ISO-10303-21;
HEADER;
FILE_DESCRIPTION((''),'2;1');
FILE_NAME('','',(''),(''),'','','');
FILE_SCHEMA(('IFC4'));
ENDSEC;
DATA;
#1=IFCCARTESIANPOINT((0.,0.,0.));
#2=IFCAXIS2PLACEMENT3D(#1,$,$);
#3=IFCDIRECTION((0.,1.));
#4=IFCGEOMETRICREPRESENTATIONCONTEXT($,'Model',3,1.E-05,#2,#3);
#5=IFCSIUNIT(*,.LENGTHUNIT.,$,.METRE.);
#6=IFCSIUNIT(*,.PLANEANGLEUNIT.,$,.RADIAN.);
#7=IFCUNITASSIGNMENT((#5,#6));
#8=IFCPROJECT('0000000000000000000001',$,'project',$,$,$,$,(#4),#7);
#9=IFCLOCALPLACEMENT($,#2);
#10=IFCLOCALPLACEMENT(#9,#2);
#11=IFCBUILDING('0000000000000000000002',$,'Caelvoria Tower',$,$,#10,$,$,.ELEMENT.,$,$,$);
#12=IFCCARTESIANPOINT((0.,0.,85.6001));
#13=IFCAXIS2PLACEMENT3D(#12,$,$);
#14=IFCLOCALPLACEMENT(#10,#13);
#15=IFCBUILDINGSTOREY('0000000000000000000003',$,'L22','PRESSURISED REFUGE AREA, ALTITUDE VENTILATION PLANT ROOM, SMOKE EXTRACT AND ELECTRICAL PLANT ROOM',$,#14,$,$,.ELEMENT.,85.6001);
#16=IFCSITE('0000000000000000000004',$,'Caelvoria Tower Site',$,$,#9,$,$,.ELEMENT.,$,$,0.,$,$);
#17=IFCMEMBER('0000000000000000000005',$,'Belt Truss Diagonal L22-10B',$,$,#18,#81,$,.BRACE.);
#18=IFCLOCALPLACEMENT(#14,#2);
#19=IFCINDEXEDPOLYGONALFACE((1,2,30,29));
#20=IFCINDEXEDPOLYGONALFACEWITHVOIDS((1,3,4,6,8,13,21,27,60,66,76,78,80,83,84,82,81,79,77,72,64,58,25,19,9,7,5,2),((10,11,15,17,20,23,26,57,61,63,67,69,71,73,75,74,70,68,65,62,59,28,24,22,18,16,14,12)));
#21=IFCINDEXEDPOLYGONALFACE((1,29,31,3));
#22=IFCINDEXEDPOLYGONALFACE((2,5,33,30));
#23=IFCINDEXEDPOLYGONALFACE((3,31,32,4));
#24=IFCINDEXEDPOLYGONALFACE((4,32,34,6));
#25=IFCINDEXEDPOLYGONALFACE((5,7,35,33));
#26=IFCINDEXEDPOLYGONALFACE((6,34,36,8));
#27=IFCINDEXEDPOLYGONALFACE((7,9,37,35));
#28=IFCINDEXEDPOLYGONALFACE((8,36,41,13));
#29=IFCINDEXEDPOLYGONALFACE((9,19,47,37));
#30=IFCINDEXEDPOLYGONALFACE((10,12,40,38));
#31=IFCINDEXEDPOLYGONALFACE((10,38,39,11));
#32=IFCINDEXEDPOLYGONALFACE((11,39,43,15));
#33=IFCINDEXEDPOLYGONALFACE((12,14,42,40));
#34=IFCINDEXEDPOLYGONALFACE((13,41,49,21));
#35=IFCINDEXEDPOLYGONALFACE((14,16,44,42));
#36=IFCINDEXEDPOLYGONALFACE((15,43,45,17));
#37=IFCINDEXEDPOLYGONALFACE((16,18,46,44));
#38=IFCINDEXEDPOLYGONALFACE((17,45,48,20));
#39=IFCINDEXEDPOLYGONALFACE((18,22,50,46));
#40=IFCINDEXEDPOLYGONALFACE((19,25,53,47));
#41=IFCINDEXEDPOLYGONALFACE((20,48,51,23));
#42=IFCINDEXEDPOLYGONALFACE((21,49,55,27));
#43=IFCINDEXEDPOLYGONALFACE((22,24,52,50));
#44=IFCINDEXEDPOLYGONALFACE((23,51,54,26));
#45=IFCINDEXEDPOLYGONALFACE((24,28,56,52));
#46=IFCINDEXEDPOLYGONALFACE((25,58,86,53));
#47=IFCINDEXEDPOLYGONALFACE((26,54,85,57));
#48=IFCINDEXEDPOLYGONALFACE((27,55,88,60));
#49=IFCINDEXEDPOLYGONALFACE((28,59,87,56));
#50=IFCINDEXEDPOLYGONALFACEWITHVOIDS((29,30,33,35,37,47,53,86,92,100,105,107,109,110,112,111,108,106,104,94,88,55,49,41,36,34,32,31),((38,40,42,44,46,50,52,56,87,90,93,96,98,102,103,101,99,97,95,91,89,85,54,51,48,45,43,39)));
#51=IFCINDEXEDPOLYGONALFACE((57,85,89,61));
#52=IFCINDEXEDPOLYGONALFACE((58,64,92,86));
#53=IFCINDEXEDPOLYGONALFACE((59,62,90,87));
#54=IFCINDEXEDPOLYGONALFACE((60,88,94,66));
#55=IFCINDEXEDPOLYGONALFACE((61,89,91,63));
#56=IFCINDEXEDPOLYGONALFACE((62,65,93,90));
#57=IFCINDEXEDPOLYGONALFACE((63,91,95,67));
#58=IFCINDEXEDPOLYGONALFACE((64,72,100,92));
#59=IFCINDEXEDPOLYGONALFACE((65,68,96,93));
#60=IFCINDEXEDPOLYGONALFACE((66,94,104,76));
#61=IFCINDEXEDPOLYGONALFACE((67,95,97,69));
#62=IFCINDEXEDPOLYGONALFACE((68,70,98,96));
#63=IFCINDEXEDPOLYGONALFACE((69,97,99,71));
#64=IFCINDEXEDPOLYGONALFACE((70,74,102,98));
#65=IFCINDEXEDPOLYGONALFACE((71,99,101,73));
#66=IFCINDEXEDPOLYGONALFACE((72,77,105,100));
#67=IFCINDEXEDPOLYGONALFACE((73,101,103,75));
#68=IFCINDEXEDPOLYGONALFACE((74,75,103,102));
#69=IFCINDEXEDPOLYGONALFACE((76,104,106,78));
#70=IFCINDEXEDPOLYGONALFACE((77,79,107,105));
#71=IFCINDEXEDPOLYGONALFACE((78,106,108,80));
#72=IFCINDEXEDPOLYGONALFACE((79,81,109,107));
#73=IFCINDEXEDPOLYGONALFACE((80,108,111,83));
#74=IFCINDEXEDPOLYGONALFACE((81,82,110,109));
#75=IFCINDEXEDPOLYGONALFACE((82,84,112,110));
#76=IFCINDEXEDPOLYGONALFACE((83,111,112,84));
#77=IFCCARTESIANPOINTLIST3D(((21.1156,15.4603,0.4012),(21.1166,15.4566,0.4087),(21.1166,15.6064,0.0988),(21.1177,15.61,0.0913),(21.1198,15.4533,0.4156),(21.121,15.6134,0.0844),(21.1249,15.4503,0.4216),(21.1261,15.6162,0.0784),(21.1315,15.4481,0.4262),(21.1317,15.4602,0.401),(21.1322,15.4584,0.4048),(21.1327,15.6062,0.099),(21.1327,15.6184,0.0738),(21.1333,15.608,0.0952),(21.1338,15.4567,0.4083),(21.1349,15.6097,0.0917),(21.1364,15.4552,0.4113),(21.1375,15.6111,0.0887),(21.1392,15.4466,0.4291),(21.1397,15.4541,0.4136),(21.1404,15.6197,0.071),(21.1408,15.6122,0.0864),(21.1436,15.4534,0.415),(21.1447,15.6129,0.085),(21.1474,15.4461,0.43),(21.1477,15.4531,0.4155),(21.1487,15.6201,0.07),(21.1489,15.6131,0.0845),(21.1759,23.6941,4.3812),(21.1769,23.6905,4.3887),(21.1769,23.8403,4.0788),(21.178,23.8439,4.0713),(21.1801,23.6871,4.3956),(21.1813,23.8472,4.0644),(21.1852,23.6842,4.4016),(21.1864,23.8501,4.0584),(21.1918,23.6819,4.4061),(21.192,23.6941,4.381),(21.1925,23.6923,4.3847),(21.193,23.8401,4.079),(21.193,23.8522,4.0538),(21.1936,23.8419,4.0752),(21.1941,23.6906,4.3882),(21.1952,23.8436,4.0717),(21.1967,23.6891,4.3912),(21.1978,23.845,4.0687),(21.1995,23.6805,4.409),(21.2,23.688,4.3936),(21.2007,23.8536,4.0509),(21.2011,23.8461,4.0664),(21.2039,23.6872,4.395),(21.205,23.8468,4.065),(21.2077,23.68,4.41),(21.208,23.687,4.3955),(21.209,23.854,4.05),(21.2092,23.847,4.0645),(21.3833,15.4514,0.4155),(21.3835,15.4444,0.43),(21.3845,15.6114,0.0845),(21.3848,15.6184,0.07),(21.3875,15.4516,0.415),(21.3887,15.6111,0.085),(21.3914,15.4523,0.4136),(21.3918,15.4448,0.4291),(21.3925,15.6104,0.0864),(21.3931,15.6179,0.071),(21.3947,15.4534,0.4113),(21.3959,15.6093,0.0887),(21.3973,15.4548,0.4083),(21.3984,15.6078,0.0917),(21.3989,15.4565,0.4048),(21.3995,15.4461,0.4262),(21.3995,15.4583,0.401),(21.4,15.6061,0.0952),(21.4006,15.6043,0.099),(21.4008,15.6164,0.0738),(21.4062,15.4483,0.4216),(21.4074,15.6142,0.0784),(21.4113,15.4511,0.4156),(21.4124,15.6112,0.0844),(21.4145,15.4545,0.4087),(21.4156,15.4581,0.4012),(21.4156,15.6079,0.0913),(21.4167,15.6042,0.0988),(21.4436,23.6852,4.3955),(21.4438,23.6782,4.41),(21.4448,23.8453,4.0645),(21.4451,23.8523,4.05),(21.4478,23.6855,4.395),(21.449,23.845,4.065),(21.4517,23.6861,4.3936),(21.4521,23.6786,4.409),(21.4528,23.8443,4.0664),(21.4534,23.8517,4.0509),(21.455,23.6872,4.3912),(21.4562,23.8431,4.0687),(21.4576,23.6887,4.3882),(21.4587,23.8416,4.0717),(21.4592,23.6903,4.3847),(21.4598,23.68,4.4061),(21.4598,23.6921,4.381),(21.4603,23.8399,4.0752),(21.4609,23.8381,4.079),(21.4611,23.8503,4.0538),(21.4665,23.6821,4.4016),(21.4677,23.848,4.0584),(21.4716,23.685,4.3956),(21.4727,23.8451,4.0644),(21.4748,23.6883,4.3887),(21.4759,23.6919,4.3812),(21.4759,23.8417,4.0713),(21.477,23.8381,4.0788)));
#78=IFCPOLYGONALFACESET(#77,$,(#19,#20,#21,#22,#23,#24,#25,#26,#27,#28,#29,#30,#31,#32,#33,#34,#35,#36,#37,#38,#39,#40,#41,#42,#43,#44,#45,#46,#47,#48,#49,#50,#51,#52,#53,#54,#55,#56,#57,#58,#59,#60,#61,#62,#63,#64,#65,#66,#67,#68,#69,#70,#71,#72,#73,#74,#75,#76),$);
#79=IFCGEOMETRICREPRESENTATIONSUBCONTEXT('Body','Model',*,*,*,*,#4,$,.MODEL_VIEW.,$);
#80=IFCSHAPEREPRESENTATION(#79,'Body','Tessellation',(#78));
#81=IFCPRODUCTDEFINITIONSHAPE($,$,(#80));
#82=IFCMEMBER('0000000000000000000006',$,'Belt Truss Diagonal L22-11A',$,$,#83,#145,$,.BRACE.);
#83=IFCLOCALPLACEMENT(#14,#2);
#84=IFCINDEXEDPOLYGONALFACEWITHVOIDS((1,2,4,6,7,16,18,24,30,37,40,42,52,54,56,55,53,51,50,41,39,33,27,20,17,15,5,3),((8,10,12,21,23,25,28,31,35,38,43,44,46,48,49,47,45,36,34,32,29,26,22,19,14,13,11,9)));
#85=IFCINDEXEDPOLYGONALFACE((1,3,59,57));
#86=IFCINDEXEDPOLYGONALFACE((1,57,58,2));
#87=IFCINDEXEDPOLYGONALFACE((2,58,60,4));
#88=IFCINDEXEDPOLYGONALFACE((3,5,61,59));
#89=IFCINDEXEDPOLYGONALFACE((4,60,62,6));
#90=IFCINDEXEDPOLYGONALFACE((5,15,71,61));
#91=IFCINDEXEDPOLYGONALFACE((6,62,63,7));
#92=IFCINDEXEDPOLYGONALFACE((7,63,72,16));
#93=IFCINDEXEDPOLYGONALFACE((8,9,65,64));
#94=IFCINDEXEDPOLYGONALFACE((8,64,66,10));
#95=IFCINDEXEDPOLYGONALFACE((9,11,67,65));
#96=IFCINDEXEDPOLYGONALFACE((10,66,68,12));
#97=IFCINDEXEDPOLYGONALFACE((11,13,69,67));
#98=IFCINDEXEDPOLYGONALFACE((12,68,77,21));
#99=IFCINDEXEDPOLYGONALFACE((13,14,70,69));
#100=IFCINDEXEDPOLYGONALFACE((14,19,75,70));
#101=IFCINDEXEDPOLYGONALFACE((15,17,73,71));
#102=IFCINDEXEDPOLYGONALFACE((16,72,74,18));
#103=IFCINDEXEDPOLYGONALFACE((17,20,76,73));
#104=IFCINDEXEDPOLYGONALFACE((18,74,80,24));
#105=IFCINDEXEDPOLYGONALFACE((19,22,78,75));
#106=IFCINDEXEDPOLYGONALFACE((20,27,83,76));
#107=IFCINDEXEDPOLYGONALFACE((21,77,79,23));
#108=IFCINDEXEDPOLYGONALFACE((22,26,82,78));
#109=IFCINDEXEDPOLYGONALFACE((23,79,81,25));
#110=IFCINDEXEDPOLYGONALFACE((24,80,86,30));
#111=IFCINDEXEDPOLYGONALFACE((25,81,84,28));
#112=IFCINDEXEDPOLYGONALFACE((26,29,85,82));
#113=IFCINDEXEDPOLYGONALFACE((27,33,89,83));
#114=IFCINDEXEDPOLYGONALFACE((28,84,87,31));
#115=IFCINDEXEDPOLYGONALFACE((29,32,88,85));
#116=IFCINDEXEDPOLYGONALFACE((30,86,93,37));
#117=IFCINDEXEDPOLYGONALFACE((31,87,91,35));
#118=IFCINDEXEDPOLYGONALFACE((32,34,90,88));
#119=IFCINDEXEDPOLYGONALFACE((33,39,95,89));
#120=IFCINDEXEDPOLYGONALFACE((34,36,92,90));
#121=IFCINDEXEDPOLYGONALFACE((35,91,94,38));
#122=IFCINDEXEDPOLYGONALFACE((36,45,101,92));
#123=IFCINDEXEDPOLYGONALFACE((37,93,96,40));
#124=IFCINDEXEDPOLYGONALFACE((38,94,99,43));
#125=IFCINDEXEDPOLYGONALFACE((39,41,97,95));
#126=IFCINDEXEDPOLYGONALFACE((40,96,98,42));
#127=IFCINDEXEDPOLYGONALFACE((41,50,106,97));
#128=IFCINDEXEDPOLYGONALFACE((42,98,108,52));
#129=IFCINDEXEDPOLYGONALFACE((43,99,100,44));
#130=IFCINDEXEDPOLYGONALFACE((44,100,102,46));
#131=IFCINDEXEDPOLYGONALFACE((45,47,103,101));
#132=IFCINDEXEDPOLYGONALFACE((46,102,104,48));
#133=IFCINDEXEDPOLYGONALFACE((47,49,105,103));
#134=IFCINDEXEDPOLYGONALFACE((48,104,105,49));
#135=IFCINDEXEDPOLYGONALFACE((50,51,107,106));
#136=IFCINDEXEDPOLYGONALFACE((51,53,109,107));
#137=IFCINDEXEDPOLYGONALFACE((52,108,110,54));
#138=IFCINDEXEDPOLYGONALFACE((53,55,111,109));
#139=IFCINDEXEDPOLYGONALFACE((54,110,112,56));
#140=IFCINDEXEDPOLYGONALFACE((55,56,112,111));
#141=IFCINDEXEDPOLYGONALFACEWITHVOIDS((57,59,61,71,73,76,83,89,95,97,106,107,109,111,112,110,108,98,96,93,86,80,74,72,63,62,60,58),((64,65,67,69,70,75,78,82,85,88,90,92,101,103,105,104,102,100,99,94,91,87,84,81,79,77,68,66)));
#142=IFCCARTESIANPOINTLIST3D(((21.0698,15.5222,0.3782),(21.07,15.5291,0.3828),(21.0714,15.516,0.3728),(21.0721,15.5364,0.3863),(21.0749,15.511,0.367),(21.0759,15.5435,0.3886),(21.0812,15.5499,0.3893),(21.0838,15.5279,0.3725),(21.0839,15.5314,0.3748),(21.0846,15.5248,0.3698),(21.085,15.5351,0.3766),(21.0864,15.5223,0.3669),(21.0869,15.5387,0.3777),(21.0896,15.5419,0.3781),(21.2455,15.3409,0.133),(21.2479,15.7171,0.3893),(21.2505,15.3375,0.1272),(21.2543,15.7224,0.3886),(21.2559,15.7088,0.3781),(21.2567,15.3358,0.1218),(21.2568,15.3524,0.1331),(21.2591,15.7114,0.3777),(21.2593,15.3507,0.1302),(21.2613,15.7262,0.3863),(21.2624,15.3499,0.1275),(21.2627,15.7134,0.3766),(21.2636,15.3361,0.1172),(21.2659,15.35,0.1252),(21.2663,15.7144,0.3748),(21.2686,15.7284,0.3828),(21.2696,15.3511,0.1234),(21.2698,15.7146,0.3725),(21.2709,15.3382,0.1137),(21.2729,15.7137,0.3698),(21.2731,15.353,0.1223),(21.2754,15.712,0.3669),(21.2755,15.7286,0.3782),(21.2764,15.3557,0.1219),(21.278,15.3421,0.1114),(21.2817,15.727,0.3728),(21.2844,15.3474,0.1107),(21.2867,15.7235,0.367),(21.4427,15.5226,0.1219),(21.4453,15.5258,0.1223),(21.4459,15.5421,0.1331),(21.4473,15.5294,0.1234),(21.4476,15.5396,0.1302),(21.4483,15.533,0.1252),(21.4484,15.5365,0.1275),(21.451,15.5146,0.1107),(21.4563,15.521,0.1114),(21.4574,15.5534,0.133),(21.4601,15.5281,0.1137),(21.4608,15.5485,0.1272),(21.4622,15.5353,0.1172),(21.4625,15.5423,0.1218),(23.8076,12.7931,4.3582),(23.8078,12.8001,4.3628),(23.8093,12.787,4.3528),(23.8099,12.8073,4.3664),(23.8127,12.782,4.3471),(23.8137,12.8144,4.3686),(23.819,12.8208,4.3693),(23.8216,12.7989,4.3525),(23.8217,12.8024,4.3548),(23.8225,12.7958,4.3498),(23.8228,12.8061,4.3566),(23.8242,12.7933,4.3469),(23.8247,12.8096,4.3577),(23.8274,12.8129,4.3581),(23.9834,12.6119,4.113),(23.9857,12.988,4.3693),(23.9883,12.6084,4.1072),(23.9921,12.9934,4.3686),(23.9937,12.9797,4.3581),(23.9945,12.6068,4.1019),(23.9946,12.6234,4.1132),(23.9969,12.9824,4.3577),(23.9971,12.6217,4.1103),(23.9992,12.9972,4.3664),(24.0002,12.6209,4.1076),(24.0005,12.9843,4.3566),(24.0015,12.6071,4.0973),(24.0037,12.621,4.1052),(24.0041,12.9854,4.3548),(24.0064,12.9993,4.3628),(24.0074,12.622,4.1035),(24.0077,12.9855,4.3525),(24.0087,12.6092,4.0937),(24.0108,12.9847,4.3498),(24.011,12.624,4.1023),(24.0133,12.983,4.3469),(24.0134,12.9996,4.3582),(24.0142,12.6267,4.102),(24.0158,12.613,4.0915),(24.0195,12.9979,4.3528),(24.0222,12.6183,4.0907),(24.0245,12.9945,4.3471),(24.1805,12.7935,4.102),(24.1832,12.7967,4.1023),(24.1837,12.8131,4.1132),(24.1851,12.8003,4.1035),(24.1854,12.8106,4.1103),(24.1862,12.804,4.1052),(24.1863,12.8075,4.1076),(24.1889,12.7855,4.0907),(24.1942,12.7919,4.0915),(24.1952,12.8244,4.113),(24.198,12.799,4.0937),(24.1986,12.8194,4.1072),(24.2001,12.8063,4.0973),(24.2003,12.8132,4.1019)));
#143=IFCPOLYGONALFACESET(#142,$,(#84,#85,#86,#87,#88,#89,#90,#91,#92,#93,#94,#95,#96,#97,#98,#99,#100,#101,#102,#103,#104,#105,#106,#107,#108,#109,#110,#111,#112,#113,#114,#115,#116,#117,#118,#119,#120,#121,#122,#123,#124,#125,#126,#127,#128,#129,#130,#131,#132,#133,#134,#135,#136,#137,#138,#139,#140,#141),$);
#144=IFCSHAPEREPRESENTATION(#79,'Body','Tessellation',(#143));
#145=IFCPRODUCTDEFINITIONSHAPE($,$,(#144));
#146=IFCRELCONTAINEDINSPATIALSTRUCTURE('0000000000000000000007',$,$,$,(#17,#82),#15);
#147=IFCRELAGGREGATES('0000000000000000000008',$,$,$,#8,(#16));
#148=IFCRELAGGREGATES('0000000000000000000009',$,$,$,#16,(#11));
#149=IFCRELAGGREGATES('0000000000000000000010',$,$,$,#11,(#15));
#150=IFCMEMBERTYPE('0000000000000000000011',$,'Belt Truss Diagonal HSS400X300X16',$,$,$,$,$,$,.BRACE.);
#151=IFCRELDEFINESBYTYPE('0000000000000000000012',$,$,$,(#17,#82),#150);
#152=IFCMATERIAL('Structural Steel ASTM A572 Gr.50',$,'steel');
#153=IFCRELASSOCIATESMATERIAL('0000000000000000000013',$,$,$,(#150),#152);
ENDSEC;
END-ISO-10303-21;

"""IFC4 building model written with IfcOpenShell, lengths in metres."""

from ifc_helpers import new_model, si_unit, direction, frame, origin, origin_2d, place, context, subcontext, project, spatial, hollow_rectangle, extrude, material, material_profile, profile_set, type_object, element, save


model = new_model("IFC4")

# Units and contexts
model_context = context("Model", 3, precision=1e-05, world=origin(), true_north=direction((0.0, 1.0)))
body_context = subcontext(model_context, "Body", "Model", "MODEL_VIEW")
ifc_project = project(units=[si_unit("LENGTHUNIT", "METRE"), si_unit("PLANEANGLEUNIT", "RADIAN")], contexts=[model_context])

# Site, building, storey
site_placement = place(None, origin())
site = spatial("IfcSite", under=ifc_project, at=site_placement, Name="Caelvoria Tower Site", CompositionType="ELEMENT", RefElevation=0.0)
building_placement = place(site_placement, origin())
building = spatial("IfcBuilding", under=site, at=building_placement, Name="Caelvoria Tower", CompositionType="ELEMENT")
storey_placement = place(building_placement, frame((0.0, 0.0, 85.6001)))
storey = spatial("IfcBuildingStorey", under=building, at=storey_placement, Name="L22", Description="PRESSURISED REFUGE AREA, ALTITUDE VENTILATION PLANT ROOM, SMOKE EXTRACT AND ELECTRICAL PLANT ROOM", CompositionType="ELEMENT", Elevation=85.6001)

# Shared definitions
ifc_material_1 = material(Name="Structural Steel ASTM A572 Gr.50", Category="steel")

# Members
ifc_material_profile_1 = material_profile(ifc_material_1, hollow_rectangle(XDim=0.3, YDim=0.3999, WallThickness=0.0161, InnerFilletRadius=0.0161, OuterFilletRadius=0.032, at=origin_2d()), Name="Structural Steel ASTM A572 Gr.50")
ifc_profile_set_1 = profile_set([ifc_material_profile_1], Name="HSS400X300X16 - Structural Steel ASTM A572 Gr.50")
member_type_1 = type_object("IfcMemberType", Name="Belt Truss Diagonal HSS400X300X16", PredefinedType="BRACE", material=ifc_profile_set_1)
member_1_placement = place(storey_placement, frame((21.3264, 23.7661, 4.23), z_axis=(-0.006594, -0.900318, -0.435183), x_axis=(0.999973, -0.007324, 0.0)))
element("IfcMember", 1, at=member_1_placement, inside=storey, type_object=member_type_1, Name="Belt Truss Diagonal L22-10B", PredefinedType="BRACE", context=body_context, shape_type="SweptSolid", body=[
    extrude(hollow_rectangle(XDim=0.3, YDim=0.3999, WallThickness=0.0161, InnerFilletRadius=0.0161, OuterFilletRadius=0.032, at=origin_2d()), origin(), (0.0, 0.0, 1.0), 9.1455),
])
for number, where, z_axis, x_axis, name in (
    (2, (21.2661, 15.5322, 0.25), (0.493451, -0.491866, 0.717338), (0.705969, 0.708243, 0.0), "Belt Truss Diagonal L22-11A"),
):
    element("IfcMember", number, at=place(storey_placement, frame(where, z_axis=z_axis, x_axis=x_axis)), inside=storey, type_object=member_type_1, Name=name, PredefinedType="BRACE", context=body_context, shape_type="SweptSolid", body=[
        extrude(hollow_rectangle(XDim=0.3, YDim=0.3999, WallThickness=0.0161, InnerFilletRadius=0.0161, OuterFilletRadius=0.032, at=origin_2d()), origin(), (0.0, 0.0, 1.0), 5.5483),
    ])

save(model, "model.ifc")
